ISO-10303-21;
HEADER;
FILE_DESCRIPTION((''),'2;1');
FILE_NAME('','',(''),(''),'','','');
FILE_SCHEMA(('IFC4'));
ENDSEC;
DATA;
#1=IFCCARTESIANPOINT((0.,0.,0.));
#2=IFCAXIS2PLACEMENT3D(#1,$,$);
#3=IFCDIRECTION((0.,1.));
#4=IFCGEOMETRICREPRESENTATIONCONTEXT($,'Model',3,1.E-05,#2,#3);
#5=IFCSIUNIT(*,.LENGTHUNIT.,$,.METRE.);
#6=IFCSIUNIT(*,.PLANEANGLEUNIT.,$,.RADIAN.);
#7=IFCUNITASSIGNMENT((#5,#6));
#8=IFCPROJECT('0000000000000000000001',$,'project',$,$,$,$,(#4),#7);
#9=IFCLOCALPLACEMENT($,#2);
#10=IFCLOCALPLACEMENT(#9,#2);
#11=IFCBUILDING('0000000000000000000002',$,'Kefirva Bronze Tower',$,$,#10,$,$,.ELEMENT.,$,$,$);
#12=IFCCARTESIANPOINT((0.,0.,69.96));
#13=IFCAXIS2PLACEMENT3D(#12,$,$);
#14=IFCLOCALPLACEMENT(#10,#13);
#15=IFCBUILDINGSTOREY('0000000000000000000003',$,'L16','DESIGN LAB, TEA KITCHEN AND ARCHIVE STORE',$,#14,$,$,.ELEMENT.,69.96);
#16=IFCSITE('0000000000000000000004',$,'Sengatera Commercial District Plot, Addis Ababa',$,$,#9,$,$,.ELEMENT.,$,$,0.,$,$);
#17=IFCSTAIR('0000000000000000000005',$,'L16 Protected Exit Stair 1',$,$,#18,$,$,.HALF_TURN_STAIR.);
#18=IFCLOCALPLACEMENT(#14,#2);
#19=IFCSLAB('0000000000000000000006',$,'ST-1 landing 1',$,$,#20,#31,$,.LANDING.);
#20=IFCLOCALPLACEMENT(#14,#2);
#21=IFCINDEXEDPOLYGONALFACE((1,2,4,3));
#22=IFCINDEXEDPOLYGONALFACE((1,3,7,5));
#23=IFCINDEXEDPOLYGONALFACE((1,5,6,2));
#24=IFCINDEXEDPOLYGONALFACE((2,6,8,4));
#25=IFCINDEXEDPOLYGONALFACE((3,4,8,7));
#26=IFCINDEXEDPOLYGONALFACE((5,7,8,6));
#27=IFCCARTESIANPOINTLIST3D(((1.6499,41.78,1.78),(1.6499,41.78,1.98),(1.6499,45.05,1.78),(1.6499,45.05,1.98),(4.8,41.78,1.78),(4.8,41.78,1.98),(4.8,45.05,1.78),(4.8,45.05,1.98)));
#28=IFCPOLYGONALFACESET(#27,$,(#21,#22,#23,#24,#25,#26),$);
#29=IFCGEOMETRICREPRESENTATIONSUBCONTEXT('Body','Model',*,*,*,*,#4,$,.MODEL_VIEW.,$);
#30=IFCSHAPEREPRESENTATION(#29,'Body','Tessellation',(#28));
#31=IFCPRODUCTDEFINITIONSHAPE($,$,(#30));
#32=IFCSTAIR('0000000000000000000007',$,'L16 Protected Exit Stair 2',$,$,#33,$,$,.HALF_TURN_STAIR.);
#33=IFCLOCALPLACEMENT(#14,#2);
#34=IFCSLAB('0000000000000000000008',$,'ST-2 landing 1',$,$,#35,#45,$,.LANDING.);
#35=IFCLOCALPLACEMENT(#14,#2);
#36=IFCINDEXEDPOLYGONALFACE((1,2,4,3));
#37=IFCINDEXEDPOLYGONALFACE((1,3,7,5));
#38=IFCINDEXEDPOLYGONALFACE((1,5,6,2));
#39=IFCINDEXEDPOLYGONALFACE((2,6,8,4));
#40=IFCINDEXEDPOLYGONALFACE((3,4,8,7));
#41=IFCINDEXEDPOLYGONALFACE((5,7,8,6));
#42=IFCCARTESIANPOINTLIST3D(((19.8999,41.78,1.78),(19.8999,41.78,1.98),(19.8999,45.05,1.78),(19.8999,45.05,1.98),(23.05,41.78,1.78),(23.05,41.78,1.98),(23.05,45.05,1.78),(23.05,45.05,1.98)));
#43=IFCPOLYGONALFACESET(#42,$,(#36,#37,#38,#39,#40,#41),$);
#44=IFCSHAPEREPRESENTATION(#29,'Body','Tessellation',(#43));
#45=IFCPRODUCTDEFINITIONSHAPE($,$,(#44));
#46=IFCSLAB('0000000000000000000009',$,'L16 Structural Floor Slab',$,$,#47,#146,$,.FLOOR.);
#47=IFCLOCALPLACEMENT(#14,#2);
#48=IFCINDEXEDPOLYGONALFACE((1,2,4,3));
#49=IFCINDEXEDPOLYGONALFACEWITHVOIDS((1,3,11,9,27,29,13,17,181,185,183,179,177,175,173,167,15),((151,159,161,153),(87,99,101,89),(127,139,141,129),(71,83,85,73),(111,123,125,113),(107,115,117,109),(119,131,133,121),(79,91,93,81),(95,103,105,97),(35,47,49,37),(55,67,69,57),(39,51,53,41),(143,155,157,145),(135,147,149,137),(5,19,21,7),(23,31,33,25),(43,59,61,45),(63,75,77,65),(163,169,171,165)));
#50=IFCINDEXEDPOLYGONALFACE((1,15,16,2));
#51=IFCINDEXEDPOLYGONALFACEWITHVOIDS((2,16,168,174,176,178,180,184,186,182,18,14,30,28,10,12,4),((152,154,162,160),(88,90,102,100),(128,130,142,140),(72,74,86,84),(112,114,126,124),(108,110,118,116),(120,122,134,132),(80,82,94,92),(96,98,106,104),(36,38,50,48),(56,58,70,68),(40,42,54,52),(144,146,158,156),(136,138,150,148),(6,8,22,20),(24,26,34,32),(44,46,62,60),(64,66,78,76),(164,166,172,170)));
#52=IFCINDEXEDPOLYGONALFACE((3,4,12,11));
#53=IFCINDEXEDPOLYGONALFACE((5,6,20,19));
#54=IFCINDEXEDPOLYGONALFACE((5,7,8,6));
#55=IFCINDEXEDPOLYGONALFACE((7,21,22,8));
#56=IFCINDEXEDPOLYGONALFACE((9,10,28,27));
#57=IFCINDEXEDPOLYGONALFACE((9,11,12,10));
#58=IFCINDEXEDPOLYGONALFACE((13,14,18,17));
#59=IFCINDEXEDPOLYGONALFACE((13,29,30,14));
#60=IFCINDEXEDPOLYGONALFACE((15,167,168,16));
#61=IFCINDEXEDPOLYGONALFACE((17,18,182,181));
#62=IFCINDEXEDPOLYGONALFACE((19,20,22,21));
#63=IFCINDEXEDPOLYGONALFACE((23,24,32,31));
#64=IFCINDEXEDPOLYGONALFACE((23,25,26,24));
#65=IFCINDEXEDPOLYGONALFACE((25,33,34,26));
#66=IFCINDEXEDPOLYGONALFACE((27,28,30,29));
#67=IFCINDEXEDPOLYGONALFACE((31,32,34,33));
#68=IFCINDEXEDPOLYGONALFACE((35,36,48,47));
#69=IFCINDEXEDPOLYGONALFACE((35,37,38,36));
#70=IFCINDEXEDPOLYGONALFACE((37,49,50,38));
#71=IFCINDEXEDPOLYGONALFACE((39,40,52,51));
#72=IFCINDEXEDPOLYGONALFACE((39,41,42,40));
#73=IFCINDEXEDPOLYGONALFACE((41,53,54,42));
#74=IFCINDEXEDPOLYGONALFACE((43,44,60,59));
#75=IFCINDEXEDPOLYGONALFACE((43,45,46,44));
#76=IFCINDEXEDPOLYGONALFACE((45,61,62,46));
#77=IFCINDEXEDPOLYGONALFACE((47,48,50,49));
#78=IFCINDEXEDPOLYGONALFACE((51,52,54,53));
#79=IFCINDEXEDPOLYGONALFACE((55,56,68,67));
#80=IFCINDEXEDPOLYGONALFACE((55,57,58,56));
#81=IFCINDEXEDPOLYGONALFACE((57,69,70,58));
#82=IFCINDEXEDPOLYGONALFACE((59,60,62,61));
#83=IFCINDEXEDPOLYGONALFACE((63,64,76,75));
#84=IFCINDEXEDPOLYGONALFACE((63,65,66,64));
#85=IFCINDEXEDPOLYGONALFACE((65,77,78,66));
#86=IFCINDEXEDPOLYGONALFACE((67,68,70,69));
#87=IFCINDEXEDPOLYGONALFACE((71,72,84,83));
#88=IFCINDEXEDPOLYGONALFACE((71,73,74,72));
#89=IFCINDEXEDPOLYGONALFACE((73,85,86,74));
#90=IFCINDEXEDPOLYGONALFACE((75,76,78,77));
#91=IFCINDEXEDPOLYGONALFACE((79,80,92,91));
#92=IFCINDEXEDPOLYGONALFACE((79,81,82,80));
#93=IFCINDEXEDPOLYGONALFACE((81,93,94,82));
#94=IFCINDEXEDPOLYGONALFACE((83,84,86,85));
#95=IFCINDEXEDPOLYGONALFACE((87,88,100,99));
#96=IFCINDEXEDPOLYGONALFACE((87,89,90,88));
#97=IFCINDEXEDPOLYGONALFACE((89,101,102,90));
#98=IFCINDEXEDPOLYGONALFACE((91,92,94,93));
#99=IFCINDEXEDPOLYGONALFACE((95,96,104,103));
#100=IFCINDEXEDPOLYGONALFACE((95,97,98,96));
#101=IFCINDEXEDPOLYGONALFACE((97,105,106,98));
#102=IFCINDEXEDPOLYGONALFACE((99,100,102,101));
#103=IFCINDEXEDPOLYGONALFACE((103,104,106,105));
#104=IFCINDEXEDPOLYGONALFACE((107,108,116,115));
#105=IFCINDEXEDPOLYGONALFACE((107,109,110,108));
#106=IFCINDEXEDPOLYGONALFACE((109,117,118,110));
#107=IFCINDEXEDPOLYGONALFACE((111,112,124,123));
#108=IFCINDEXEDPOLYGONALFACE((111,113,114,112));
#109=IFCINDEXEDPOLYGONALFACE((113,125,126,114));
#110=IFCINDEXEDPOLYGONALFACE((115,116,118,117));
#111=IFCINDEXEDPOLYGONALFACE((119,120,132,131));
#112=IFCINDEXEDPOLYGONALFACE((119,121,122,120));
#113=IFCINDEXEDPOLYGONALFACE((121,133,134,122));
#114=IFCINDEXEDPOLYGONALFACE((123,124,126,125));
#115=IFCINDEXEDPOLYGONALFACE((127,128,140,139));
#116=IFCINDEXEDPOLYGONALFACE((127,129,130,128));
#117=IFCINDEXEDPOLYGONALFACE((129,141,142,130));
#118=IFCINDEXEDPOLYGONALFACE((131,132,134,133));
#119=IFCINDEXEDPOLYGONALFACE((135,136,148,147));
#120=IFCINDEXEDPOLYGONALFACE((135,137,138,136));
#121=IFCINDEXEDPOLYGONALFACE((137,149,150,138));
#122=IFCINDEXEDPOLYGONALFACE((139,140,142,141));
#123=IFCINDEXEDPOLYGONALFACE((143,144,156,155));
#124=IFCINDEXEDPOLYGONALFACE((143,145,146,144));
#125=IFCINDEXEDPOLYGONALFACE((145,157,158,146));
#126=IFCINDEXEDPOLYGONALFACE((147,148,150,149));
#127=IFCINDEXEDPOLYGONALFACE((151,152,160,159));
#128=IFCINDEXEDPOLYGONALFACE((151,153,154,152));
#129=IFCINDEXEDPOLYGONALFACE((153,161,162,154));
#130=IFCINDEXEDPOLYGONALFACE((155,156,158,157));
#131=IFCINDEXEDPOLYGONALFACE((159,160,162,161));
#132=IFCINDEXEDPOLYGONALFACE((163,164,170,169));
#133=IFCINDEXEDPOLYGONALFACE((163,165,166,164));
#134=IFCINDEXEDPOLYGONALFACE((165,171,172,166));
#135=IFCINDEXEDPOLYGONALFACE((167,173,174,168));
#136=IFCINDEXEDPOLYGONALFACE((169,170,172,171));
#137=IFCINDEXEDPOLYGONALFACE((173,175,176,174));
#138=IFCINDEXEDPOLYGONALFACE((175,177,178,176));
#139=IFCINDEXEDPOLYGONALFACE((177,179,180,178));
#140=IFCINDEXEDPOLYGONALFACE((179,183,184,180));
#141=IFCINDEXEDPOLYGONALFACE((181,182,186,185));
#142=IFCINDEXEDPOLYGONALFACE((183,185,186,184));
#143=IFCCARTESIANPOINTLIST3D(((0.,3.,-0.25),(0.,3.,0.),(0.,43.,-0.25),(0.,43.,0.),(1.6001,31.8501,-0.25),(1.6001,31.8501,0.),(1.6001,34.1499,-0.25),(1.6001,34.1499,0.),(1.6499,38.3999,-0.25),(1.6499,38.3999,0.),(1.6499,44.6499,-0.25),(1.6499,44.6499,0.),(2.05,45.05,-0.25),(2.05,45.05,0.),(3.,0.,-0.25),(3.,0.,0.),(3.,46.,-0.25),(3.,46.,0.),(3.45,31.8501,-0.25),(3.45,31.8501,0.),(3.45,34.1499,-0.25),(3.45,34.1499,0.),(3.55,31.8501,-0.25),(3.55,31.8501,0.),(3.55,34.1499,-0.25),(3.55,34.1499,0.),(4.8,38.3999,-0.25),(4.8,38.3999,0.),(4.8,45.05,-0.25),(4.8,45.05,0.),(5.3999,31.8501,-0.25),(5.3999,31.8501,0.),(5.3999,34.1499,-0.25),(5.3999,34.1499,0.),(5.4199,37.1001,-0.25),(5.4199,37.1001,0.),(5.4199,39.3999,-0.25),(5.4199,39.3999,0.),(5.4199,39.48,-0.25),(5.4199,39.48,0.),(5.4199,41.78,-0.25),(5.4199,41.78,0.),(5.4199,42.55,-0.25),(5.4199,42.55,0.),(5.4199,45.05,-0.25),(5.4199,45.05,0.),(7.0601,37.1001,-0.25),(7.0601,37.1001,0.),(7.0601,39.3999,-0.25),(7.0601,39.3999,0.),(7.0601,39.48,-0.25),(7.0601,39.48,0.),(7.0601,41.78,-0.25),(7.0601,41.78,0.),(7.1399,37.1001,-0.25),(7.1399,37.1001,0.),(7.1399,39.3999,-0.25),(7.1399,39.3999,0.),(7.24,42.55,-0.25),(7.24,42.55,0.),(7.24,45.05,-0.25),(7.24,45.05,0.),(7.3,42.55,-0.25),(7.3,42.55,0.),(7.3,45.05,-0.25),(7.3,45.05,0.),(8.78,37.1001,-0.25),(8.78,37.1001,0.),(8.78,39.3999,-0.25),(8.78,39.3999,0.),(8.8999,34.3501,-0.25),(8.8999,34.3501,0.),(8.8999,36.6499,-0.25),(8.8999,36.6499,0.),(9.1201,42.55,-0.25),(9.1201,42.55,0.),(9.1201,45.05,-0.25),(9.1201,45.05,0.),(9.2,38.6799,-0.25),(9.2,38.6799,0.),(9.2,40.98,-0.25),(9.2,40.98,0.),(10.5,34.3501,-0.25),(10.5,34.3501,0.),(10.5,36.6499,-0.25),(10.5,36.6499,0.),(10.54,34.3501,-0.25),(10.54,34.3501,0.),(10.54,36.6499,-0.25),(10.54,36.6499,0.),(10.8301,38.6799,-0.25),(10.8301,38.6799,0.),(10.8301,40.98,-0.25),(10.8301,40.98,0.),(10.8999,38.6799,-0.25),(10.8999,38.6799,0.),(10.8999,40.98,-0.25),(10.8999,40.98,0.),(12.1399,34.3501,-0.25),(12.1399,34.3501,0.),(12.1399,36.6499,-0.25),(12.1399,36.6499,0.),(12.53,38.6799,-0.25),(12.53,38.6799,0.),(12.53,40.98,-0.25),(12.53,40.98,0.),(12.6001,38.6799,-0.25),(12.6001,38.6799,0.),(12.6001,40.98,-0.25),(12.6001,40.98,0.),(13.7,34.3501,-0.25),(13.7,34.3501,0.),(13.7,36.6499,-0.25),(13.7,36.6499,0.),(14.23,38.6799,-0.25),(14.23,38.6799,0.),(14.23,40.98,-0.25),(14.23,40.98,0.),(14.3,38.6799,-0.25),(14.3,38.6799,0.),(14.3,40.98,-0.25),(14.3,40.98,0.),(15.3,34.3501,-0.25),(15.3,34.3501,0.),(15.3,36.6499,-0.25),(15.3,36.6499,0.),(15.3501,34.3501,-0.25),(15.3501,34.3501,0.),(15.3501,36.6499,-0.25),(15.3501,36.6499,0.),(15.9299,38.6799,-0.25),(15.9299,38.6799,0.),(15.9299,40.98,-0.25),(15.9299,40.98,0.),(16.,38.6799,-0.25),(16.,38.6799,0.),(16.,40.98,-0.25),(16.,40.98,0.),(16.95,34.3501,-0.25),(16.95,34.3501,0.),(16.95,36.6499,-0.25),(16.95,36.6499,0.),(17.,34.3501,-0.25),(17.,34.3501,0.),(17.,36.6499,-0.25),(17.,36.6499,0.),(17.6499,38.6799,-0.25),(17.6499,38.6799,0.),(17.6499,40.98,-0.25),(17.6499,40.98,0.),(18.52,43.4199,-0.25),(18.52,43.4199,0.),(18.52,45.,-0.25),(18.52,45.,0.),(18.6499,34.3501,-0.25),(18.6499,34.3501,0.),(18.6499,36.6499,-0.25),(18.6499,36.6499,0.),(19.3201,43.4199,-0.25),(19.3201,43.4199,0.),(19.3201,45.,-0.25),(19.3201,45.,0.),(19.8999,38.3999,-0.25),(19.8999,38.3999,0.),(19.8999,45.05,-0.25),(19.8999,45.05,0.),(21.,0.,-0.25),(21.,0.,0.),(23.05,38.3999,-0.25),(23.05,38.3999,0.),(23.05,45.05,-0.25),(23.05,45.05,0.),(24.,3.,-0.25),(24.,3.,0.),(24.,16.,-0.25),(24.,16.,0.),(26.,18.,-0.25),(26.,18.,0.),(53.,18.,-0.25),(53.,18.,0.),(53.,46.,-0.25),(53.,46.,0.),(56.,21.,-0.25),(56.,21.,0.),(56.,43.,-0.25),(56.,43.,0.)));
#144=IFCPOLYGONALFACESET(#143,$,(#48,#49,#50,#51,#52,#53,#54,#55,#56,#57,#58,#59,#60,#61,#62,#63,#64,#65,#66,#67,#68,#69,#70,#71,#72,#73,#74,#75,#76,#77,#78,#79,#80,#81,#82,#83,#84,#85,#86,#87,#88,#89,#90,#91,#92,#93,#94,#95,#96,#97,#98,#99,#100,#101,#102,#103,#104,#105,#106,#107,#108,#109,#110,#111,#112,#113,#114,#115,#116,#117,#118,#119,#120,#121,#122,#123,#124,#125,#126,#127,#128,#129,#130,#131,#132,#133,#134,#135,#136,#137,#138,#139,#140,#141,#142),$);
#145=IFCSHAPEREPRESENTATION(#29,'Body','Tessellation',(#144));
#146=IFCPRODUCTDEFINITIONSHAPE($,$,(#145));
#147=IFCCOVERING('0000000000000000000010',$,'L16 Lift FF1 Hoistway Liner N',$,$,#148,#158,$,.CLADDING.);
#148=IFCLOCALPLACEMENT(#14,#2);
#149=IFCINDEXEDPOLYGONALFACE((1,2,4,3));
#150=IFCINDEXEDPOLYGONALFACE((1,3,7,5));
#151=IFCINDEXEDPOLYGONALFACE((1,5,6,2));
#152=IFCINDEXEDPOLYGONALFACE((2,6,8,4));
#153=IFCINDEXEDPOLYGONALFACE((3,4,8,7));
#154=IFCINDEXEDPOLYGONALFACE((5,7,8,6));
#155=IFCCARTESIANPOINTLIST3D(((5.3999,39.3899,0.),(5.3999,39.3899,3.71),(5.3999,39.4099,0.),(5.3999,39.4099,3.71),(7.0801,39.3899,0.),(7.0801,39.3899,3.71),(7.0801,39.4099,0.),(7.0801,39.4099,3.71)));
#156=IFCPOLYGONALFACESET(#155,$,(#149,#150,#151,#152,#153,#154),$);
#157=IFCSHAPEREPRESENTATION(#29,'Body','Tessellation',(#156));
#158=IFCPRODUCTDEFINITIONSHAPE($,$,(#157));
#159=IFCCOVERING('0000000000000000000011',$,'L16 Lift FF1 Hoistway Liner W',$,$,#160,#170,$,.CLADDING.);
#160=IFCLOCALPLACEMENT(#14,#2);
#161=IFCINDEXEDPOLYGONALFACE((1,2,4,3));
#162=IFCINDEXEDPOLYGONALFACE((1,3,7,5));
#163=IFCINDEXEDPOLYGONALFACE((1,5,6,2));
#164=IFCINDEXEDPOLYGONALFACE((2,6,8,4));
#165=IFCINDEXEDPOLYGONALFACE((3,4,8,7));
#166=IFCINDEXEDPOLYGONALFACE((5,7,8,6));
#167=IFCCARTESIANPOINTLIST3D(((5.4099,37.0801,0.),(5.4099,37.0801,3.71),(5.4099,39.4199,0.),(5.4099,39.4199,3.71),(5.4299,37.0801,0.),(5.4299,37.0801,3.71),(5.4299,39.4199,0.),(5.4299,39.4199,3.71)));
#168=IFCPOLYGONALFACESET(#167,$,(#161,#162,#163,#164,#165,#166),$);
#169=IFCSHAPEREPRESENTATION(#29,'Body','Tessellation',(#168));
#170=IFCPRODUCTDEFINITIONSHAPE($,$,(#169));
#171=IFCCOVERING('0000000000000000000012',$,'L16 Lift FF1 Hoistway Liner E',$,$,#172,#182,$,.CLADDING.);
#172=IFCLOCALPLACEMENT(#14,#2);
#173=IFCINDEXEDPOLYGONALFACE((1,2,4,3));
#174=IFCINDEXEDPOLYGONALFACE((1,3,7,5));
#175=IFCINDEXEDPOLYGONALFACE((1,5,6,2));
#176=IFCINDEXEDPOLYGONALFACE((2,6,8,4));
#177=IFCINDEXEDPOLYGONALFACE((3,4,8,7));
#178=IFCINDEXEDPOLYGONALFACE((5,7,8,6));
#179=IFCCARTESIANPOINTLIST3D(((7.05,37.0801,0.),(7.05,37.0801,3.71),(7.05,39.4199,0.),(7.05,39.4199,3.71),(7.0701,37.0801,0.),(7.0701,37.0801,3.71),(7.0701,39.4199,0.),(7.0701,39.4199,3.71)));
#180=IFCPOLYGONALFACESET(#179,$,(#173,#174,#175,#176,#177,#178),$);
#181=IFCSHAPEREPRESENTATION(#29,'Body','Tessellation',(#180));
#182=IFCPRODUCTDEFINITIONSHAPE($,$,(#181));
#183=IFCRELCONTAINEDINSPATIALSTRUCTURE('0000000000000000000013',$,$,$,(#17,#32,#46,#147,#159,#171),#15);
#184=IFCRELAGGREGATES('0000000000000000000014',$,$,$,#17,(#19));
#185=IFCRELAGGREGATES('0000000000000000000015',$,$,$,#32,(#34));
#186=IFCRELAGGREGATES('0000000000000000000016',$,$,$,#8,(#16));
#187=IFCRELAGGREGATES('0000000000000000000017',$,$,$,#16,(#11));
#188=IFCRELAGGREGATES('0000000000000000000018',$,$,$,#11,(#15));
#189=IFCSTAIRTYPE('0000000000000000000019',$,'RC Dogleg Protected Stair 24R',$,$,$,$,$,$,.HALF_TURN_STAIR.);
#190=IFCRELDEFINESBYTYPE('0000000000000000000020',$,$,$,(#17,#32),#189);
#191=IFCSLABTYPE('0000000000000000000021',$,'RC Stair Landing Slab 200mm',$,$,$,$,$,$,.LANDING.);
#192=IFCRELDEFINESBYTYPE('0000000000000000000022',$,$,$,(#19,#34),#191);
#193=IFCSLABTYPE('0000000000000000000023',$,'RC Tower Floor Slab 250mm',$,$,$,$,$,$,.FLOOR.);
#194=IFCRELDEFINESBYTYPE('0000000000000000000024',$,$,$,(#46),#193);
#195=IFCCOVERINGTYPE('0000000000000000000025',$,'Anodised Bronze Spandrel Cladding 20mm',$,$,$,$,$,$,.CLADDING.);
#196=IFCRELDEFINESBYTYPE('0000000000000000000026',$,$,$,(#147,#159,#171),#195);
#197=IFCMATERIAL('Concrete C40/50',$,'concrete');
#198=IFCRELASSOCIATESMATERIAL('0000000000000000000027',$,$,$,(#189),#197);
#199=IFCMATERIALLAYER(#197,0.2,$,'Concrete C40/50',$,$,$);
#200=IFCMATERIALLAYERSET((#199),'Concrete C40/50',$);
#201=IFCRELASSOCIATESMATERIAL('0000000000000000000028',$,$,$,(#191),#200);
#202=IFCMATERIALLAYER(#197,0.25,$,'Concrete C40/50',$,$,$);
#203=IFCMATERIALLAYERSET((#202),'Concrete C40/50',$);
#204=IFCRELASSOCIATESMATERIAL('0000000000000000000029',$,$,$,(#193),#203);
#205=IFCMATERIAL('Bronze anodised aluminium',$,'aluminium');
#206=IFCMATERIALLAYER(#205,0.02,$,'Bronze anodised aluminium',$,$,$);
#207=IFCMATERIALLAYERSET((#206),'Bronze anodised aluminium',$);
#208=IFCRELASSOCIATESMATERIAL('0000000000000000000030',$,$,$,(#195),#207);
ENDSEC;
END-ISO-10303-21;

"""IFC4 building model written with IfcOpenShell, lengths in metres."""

from ifc_helpers import new_model, si_unit, direction, frame, origin, place, context, subcontext, project, spatial, polyline, outline, extrude, material, layer, layer_set, type_object, element, aggregate, save


model = new_model("IFC4")

# Units and contexts
model_context = context("Model", 3, precision=1e-05, world=origin(), true_north=direction((0.0, 1.0)))
body_context = subcontext(model_context, "Body", "Model", "MODEL_VIEW")
ifc_project = project(units=[si_unit("LENGTHUNIT", "METRE"), si_unit("PLANEANGLEUNIT", "RADIAN")], contexts=[model_context])

# Site, building, storey
site_placement = place(None, origin())
site = spatial("IfcSite", under=ifc_project, at=site_placement, Name="Sengatera Commercial District Plot, Addis Ababa", CompositionType="ELEMENT", RefElevation=0.0)
building_placement = place(site_placement, origin())
building = spatial("IfcBuilding", under=site, at=building_placement, Name="Kefirva Bronze Tower", CompositionType="ELEMENT")
storey_placement = place(building_placement, frame((0.0, 0.0, 69.96)))
storey = spatial("IfcBuildingStorey", under=building, at=storey_placement, Name="L16", Description="DESIGN LAB, TEA KITCHEN AND ARCHIVE STORE", CompositionType="ELEMENT", Elevation=69.96)

# Stairs, slabs
ifc_material_1 = material(Name="Concrete C40/50", Category="concrete")
stair_type = type_object("IfcStairType", Name="RC Dogleg Protected Stair 24R", PredefinedType="HALF_TURN_STAIR", material=ifc_material_1)
stair_1_placement = place(storey_placement, origin())
stair_1 = element("IfcStair", 1, at=stair_1_placement, inside=storey, type_object=stair_type, Name="L16 Protected Exit Stair 1", PredefinedType="HALF_TURN_STAIR")
ifc_layer_1 = layer(ifc_material_1, 0.2, Name="Concrete C40/50")
ifc_layer_set_1 = layer_set([ifc_layer_1], Name="Concrete C40/50")
slab_type_1 = type_object("IfcSlabType", Name="RC Stair Landing Slab 200mm", PredefinedType="LANDING", material=ifc_layer_set_1)
slab_1_placement = place(storey_placement, frame((0.0, 0.0, 1.78)))
slab_1 = element("IfcSlab", 2, at=slab_1_placement, type_object=slab_type_1, Name="ST-1 landing 1", PredefinedType="LANDING", context=body_context, shape_type="SweptSolid", body=[
    extrude(outline(polyline([(4.8, 41.78), (4.8, 45.05), (1.6499, 45.05), (1.6499, 41.78), (4.8, 41.78)])), origin(), (0.0, 0.0, 1.0), 0.2),
])
aggregate(stair_1, [slab_1])
stair_2_placement = place(storey_placement, origin())
stair_2 = element("IfcStair", 3, at=stair_2_placement, inside=storey, type_object=stair_type, Name="L16 Protected Exit Stair 2", PredefinedType="HALF_TURN_STAIR")
slab_2_placement = place(storey_placement, frame((0.0, 0.0, 1.78)))
slab_2 = element("IfcSlab", 4, at=slab_2_placement, type_object=slab_type_1, Name="ST-2 landing 1", PredefinedType="LANDING", context=body_context, shape_type="SweptSolid", body=[
    extrude(outline(polyline([(23.05, 41.78), (23.05, 45.05), (19.8999, 45.05), (19.8999, 41.78), (23.05, 41.78)])), origin(), (0.0, 0.0, 1.0), 0.2),
])
aggregate(stair_2, [slab_2])

# Slab
ifc_layer_2 = layer(ifc_material_1, 0.25, Name="Concrete C40/50")
ifc_layer_set_2 = layer_set([ifc_layer_2], Name="Concrete C40/50")
slab_type_2 = type_object("IfcSlabType", Name="RC Tower Floor Slab 250mm", PredefinedType="FLOOR", material=ifc_layer_set_2)
slab_3_placement = place(storey_placement, frame((0.0, 0.0, -0.25)))
element("IfcSlab", 5, at=slab_3_placement, inside=storey, type_object=slab_type_2, Name="L16 Structural Floor Slab", PredefinedType="FLOOR", context=body_context, shape_type="SweptSolid", body=[
    extrude(outline(polyline([(0.0, 3.0), (0.0, 43.0), (1.6499, 44.6499), (1.6499, 38.3999), (4.8, 38.3999), (4.8, 45.05), (2.05, 45.05), (3.0, 46.0), (53.0, 46.0), (56.0, 43.0), (56.0, 21.0), (53.0, 18.0), (26.0, 18.0), (24.0, 16.0), (24.0, 3.0), (21.0, 0.0), (3.0, 0.0), (0.0, 3.0)]), holes=[polyline([(19.8999, 38.3999), (23.05, 38.3999), (23.05, 45.05), (19.8999, 45.05), (19.8999, 38.3999)]), polyline([(18.52, 43.4199), (19.3201, 43.4199), (19.3201, 45.0), (18.52, 45.0), (18.52, 43.4199)]), polyline([(17.0, 34.3501), (18.6499, 34.3501), (18.6499, 36.6499), (17.0, 36.6499), (17.0, 34.3501)]), polyline([(17.6499, 38.6799), (17.6499, 40.98), (16.0, 40.98), (16.0, 38.6799), (17.6499, 38.6799)]), polyline([(16.95, 34.3501), (16.95, 36.6499), (15.3501, 36.6499), (15.3501, 34.3501), (16.95, 34.3501)]), polyline([(15.9299, 38.6799), (15.9299, 40.98), (14.3, 40.98), (14.3, 38.6799), (15.9299, 38.6799)]), polyline([(15.3, 34.3501), (15.3, 36.6499), (13.7, 36.6499), (13.7, 34.3501), (15.3, 34.3501)]), polyline([(14.23, 38.6799), (14.23, 40.98), (12.6001, 40.98), (12.6001, 38.6799), (14.23, 38.6799)]), polyline([(10.8999, 38.6799), (12.53, 38.6799), (12.53, 40.98), (10.8999, 40.98), (10.8999, 38.6799)]), polyline([(12.1399, 34.3501), (12.1399, 36.6499), (10.54, 36.6499), (10.54, 34.3501), (12.1399, 34.3501)]), polyline([(10.8301, 38.6799), (10.8301, 40.98), (9.2, 40.98), (9.2, 38.6799), (10.8301, 38.6799)]), polyline([(10.5, 34.3501), (10.5, 36.6499), (8.8999, 36.6499), (8.8999, 34.3501), (10.5, 34.3501)]), polyline([(7.3, 42.55), (9.1201, 42.55), (9.1201, 45.05), (7.3, 45.05), (7.3, 42.55)]), polyline([(7.1399, 37.1001), (8.78, 37.1001), (8.78, 39.3999), (7.1399, 39.3999), (7.1399, 37.1001)]), polyline([(5.4199, 42.55), (7.24, 42.55), (7.24, 45.05), (5.4199, 45.05), (5.4199, 42.55)]), polyline([(7.0601, 39.48), (7.0601, 41.78), (5.4199, 41.78), (5.4199, 39.48), (7.0601, 39.48)]), polyline([(5.4199, 37.1001), (7.0601, 37.1001), (7.0601, 39.3999), (5.4199, 39.3999), (5.4199, 37.1001)]), polyline([(5.3999, 31.8501), (5.3999, 34.1499), (3.55, 34.1499), (3.55, 31.8501), (5.3999, 31.8501)]), polyline([(3.45, 31.8501), (3.45, 34.1499), (1.6001, 34.1499), (1.6001, 31.8501), (3.45, 31.8501)])]), origin(), (0.0, 0.0, 1.0), 0.25),
])

# Coverings
ifc_material_2 = material(Name="Bronze anodised aluminium", Category="aluminium")
ifc_layer_3 = layer(ifc_material_2, 0.02, Name="Bronze anodised aluminium")
ifc_layer_set_3 = layer_set([ifc_layer_3], Name="Bronze anodised aluminium")
covering_type = type_object("IfcCoveringType", Name="Anodised Bronze Spandrel Cladding 20mm", PredefinedType="CLADDING", material=ifc_layer_set_3)
covering_1_placement = place(storey_placement, origin())
element("IfcCovering", 6, at=covering_1_placement, inside=storey, type_object=covering_type, Name="L16 Lift FF1 Hoistway Liner N", PredefinedType="CLADDING", context=body_context, shape_type="SweptSolid", body=[
    extrude(outline(polyline([(5.3999, 39.3899), (7.0801, 39.3899), (7.0801, 39.4099), (5.3999, 39.4099), (5.3999, 39.3899)])), origin(), (0.0, 0.0, 1.0), 3.71),
])
covering_2_placement = place(storey_placement, origin())
element("IfcCovering", 7, at=covering_2_placement, inside=storey, type_object=covering_type, Name="L16 Lift FF1 Hoistway Liner W", PredefinedType="CLADDING", context=body_context, shape_type="SweptSolid", body=[
    extrude(outline(polyline([(5.4099, 37.0801), (5.4299, 37.0801), (5.4299, 39.4199), (5.4099, 39.4199), (5.4099, 37.0801)])), origin(), (0.0, 0.0, 1.0), 3.71),
])
covering_3_placement = place(storey_placement, origin())
element("IfcCovering", 8, at=covering_3_placement, inside=storey, type_object=covering_type, Name="L16 Lift FF1 Hoistway Liner E", PredefinedType="CLADDING", context=body_context, shape_type="SweptSolid", body=[
    extrude(outline(polyline([(7.05, 37.0801), (7.0701, 37.0801), (7.0701, 39.4199), (7.05, 39.4199), (7.05, 37.0801)])), origin(), (0.0, 0.0, 1.0), 3.71),
])

save(model, "model.ifc")
